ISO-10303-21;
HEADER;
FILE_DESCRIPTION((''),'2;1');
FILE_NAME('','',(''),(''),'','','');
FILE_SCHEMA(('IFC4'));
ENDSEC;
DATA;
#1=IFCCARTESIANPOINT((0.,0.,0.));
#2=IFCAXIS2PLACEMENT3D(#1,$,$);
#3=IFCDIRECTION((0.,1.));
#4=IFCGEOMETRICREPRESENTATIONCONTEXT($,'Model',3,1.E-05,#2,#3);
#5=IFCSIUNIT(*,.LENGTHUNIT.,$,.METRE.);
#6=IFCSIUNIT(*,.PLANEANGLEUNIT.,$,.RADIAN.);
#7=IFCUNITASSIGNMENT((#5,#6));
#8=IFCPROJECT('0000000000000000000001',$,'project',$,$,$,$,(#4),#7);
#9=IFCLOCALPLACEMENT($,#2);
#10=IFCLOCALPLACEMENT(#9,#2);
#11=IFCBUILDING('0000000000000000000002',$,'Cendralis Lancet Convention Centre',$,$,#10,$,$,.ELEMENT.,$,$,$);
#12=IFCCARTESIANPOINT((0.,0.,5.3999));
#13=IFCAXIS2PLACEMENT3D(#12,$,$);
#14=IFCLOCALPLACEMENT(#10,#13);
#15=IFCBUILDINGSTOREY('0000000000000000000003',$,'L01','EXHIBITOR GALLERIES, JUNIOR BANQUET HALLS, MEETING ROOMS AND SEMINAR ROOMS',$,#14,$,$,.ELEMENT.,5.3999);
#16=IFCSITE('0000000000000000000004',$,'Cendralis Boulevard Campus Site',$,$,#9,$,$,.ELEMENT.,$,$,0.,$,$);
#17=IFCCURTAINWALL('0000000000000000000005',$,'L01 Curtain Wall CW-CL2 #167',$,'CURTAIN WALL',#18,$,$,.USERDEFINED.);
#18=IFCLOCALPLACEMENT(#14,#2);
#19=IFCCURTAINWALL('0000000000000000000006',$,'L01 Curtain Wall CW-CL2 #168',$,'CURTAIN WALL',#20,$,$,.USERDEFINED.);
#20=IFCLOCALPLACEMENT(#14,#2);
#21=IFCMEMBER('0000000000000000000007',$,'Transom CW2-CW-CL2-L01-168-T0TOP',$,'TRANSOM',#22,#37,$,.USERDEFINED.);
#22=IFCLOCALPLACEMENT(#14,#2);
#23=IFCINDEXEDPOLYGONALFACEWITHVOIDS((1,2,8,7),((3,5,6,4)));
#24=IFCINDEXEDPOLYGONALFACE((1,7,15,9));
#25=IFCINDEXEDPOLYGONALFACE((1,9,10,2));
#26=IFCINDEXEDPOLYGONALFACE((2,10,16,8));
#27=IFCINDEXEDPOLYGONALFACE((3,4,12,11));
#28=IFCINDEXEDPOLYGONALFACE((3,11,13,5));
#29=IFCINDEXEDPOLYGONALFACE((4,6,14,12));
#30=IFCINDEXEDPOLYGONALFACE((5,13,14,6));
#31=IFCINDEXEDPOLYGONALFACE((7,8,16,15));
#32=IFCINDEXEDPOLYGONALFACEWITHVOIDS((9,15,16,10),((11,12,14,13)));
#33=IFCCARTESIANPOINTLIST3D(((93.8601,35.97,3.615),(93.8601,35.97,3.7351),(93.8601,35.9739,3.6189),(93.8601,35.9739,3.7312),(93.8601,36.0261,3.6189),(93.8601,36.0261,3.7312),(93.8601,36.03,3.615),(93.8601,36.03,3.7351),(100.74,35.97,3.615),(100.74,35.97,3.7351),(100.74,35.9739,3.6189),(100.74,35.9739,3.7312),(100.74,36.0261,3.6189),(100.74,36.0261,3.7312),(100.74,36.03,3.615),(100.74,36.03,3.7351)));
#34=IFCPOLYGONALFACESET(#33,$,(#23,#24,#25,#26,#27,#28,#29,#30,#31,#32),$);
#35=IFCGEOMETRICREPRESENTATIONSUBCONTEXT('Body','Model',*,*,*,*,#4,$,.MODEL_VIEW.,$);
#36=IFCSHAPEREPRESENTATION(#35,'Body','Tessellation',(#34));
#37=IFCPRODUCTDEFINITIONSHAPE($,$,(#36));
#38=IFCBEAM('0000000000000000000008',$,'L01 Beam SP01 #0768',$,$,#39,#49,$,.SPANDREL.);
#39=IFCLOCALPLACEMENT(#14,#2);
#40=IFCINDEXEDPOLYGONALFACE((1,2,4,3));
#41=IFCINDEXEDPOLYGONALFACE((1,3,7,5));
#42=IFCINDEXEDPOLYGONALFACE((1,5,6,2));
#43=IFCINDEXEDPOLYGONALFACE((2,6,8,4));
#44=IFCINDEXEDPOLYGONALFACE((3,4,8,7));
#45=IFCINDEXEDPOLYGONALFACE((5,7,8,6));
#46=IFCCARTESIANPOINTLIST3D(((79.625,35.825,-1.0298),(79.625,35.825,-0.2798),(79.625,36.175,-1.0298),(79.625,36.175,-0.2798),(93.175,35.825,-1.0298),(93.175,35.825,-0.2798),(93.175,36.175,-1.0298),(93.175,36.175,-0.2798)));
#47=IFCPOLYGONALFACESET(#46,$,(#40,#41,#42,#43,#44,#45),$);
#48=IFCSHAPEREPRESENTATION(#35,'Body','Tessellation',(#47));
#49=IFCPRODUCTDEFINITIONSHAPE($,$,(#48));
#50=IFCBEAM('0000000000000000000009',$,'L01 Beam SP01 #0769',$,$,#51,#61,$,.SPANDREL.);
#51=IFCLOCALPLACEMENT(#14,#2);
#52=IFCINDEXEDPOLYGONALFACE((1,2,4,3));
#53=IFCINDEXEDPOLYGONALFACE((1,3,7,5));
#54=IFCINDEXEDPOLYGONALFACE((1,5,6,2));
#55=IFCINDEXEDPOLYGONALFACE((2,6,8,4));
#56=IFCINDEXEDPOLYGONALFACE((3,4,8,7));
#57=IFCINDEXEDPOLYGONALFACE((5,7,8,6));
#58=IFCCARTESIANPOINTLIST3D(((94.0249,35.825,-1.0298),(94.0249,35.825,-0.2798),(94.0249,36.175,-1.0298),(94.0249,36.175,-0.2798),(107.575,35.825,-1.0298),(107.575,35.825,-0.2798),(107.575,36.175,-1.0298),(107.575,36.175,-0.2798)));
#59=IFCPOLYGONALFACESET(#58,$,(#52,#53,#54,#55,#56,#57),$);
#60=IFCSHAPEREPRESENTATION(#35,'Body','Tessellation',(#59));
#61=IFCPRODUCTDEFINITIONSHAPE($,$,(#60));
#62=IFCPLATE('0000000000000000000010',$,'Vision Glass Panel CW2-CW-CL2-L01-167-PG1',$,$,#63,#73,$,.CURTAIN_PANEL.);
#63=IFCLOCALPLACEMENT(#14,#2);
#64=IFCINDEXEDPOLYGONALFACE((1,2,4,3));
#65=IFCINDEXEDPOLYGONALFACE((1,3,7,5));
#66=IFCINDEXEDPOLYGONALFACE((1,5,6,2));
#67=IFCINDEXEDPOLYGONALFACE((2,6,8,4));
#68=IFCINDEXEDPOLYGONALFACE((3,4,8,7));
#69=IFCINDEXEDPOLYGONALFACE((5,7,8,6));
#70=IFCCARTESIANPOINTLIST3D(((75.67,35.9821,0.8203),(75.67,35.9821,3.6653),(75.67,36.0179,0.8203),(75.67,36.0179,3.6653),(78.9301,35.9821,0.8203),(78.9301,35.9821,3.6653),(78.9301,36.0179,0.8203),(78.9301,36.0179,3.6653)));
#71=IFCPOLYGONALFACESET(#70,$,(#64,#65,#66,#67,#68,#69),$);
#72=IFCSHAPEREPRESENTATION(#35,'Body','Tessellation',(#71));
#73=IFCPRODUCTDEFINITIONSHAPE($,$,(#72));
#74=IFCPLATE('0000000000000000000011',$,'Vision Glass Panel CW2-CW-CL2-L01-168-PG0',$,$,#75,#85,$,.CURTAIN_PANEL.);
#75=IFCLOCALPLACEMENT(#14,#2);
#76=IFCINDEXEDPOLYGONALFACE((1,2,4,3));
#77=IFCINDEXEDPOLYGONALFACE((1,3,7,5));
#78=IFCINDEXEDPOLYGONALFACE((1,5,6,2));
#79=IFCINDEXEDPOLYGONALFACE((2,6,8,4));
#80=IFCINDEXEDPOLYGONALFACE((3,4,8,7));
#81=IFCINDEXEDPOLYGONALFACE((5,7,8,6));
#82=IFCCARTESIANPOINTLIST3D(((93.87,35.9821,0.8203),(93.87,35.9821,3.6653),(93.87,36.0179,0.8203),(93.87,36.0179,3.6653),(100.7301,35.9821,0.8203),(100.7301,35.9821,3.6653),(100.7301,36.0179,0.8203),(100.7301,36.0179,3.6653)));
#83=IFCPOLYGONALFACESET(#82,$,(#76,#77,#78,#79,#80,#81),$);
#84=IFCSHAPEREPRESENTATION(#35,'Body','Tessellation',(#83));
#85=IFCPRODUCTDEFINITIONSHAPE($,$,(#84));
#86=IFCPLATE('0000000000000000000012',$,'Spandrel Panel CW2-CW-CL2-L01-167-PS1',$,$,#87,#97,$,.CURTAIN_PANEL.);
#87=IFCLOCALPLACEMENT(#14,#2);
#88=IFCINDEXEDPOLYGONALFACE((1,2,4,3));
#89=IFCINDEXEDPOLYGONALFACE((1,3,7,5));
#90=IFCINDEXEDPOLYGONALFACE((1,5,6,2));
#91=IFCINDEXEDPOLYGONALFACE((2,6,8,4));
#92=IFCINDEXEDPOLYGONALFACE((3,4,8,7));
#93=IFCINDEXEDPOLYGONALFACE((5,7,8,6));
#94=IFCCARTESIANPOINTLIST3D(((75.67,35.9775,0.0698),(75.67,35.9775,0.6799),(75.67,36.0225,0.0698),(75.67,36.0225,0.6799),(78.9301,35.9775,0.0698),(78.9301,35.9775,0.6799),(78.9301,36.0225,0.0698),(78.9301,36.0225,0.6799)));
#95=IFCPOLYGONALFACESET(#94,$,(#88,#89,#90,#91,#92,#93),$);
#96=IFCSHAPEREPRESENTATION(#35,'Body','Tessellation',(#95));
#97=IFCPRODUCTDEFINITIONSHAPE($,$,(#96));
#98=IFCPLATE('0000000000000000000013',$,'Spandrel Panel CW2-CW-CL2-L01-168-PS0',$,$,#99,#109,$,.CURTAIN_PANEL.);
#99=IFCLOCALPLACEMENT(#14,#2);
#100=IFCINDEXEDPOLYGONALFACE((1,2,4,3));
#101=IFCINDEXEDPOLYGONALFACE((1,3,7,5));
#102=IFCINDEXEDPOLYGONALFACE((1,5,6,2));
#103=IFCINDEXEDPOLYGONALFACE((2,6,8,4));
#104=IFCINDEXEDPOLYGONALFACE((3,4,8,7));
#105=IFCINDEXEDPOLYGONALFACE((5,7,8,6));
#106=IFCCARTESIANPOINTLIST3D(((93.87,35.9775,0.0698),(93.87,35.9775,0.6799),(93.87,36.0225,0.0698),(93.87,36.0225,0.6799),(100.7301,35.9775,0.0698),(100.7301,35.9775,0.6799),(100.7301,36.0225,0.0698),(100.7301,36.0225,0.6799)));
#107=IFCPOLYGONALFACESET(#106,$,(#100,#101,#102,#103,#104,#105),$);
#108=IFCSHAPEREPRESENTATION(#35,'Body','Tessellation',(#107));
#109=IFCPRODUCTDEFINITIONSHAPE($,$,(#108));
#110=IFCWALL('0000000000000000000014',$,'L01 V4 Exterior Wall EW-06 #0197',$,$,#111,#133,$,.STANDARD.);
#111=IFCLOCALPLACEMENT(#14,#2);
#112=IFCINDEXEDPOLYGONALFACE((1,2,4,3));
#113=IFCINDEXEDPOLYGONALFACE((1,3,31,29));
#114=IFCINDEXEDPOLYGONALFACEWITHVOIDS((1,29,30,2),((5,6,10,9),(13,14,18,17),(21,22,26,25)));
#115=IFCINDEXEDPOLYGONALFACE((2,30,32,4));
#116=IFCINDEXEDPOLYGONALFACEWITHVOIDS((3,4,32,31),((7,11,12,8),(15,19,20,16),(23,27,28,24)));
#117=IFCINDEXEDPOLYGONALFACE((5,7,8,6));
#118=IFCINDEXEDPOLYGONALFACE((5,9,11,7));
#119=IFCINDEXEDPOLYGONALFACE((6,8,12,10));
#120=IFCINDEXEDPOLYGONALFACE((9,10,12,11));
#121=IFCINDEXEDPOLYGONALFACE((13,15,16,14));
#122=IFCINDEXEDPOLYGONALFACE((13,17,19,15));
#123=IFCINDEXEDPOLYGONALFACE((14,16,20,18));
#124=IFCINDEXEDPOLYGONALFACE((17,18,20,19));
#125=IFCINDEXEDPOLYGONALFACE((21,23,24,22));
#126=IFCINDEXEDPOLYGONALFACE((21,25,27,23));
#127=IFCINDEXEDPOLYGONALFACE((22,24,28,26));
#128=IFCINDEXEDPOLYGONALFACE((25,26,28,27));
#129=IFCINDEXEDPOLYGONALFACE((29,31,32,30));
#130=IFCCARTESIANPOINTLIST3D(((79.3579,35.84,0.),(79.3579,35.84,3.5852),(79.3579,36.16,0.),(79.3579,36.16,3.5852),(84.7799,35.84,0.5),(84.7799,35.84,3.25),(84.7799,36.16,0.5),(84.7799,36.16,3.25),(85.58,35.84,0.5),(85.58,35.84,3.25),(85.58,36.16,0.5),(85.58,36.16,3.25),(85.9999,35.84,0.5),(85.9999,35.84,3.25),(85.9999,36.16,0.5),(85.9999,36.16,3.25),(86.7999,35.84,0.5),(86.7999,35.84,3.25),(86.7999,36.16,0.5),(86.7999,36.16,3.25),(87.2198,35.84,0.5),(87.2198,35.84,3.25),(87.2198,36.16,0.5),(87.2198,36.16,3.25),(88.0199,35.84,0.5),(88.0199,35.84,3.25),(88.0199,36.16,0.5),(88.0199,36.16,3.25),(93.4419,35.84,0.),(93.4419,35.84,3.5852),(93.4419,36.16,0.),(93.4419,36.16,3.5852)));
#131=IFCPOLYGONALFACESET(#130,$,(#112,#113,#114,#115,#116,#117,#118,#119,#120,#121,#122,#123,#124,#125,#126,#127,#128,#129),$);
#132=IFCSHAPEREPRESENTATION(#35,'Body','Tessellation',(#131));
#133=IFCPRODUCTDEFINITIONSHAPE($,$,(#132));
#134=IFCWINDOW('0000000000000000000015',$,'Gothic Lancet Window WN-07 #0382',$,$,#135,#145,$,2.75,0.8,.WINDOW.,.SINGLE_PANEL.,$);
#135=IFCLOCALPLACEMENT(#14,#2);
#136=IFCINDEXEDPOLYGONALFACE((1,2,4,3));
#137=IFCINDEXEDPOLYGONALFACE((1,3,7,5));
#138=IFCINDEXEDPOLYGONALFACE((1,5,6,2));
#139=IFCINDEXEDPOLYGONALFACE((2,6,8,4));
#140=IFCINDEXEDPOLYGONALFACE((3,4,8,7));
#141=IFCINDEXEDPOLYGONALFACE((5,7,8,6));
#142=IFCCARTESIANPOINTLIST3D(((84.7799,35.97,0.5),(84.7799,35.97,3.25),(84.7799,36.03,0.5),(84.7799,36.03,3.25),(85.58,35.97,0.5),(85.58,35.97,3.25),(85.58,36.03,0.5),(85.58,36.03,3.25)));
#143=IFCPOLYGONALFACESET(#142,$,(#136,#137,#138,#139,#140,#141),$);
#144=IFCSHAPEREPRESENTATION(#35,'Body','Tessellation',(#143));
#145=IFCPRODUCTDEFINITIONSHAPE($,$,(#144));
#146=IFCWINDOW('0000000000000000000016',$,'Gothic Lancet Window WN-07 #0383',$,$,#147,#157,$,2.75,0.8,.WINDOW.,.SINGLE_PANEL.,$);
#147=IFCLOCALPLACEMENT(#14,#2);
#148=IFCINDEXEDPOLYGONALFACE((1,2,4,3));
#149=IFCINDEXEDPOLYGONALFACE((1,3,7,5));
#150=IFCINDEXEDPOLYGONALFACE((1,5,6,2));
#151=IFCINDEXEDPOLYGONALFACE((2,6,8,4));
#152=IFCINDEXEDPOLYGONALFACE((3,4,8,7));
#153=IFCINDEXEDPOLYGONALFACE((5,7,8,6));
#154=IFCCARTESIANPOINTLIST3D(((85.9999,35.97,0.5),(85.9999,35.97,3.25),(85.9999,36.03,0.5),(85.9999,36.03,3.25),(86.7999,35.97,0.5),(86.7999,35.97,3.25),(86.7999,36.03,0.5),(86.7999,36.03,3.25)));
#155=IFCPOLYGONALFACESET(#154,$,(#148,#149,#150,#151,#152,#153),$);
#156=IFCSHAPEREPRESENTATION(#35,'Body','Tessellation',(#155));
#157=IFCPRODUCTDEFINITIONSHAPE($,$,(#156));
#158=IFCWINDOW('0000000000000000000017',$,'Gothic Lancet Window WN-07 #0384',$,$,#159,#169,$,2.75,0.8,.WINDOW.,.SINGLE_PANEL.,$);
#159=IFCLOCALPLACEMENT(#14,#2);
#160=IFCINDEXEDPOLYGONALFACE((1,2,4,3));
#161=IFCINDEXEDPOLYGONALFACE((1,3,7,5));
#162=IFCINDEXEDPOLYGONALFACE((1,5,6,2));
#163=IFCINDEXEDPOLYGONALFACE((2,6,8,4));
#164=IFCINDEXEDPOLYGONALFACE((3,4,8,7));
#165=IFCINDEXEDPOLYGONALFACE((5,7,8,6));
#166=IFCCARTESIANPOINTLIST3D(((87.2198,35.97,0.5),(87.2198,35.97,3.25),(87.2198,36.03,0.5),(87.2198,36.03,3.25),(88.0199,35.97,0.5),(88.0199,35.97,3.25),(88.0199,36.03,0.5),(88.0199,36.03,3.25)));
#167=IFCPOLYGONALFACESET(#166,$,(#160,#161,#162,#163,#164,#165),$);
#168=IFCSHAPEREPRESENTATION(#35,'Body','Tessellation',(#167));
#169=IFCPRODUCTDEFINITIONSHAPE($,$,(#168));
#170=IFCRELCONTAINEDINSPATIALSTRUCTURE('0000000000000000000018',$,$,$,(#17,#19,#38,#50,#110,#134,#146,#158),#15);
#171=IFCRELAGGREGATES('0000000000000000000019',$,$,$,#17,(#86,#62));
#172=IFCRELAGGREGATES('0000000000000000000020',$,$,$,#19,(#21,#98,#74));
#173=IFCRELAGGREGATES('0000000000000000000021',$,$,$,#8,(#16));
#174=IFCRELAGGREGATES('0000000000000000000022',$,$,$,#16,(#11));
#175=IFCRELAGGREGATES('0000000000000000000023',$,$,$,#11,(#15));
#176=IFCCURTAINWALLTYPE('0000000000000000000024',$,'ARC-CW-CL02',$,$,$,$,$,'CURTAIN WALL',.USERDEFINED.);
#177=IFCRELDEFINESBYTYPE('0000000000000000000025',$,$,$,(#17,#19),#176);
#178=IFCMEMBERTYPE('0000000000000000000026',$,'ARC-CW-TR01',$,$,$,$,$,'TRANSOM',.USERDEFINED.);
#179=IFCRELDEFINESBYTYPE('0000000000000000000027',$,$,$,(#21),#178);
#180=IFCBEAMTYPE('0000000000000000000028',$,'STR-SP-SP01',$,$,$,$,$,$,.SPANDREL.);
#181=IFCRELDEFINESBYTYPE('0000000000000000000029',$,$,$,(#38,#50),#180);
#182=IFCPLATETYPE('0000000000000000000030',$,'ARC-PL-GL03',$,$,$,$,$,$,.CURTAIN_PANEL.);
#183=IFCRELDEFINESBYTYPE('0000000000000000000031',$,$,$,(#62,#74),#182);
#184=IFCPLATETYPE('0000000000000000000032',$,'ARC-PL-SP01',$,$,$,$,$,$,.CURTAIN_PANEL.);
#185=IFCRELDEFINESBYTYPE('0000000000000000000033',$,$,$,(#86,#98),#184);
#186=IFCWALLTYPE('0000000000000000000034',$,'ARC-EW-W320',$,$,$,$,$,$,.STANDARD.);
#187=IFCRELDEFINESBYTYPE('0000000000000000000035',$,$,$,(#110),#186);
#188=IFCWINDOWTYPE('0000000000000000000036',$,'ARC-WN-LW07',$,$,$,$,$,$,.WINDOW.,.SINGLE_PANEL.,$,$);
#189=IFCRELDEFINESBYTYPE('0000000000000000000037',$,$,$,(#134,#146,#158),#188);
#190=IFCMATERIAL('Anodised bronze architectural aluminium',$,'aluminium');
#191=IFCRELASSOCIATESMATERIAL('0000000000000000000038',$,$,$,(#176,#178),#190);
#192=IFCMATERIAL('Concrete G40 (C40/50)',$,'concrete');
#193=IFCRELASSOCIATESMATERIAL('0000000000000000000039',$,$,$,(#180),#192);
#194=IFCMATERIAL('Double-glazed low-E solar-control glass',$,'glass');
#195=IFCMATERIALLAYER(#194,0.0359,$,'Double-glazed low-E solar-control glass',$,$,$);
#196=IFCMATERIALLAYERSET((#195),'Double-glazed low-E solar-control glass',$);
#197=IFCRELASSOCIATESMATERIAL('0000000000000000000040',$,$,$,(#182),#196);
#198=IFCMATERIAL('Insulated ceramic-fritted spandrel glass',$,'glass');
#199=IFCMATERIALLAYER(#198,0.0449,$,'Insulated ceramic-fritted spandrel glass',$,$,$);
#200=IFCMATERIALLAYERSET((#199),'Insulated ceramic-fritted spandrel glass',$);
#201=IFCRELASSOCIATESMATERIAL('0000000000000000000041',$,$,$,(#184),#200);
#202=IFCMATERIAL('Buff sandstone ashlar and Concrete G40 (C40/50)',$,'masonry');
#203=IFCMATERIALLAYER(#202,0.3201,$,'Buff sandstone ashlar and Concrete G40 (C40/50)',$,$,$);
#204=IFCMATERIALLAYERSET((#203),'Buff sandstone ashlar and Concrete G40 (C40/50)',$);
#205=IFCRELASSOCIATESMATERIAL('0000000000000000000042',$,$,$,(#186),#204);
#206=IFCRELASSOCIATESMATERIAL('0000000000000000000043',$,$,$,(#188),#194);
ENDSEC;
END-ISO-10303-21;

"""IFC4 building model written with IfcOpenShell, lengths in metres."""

from ifc_helpers import new_model, si_unit, direction, frame, frame_2d, origin, origin_2d, place, context, subcontext, project, spatial, rectangle, hollow_rectangle, extrude, material, layer, layer_set, material_profile, profile_set, type_object, element, fill, aggregate, save


model = new_model("IFC4")

# Units and contexts
model_context = context("Model", 3, precision=1e-05, world=origin(), true_north=direction((0.0, 1.0)))
body_context = subcontext(model_context, "Body", "Model", "MODEL_VIEW")
ifc_project = project(units=[si_unit("LENGTHUNIT", "METRE"), si_unit("PLANEANGLEUNIT", "RADIAN")], contexts=[model_context])

# Site, building, storey
site_placement = place(None, origin())
site = spatial("IfcSite", under=ifc_project, at=site_placement, Name="Cendralis Boulevard Campus Site", CompositionType="ELEMENT", RefElevation=0.0)
building_placement = place(site_placement, origin())
building = spatial("IfcBuilding", under=site, at=building_placement, Name="Cendralis Lancet Convention Centre", CompositionType="ELEMENT")
storey_placement = place(building_placement, frame((0.0, 0.0, 5.3999)))
storey = spatial("IfcBuildingStorey", under=building, at=storey_placement, Name="L01", Description="EXHIBITOR GALLERIES, JUNIOR BANQUET HALLS, MEETING ROOMS AND SEMINAR ROOMS", CompositionType="ELEMENT", Elevation=5.3999)

# Shared definitions
ifc_material_1 = material(Name="Concrete G40 (C40/50)", Category="concrete")

# Curtain wall
ifc_material_2 = material(Name="Anodised bronze architectural aluminium", Category="aluminium")
curtain_wall_type = type_object("IfcCurtainWallType", Name="ARC-CW-CL02", ElementType="CURTAIN WALL", PredefinedType="USERDEFINED", material=ifc_material_2)
curtain_wall_1_placement = place(storey_placement, origin())
curtain_wall_1 = element("IfcCurtainWall", 1, at=curtain_wall_1_placement, inside=storey, type_object=curtain_wall_type, Name="L01 Curtain Wall CW-CL2 #167", ObjectType="CURTAIN WALL", PredefinedType="USERDEFINED")

# Curtain wall, member
curtain_wall_2_placement = place(storey_placement, origin())
curtain_wall_2 = element("IfcCurtainWall", 2, at=curtain_wall_2_placement, inside=storey, type_object=curtain_wall_type, Name="L01 Curtain Wall CW-CL2 #168", ObjectType="CURTAIN WALL", PredefinedType="USERDEFINED")
ifc_material_profile_1 = material_profile(ifc_material_2, hollow_rectangle(XDim=0.0601, YDim=0.1201, WallThickness=0.0039, at=origin_2d()), Name="AL-TRAN 60x120x4.0")
ifc_profile_set_1 = profile_set([ifc_material_profile_1], Name="Anodised bronze architectural aluminium")
member_type_1 = type_object("IfcMemberType", Name="ARC-CW-TR01", ElementType="TRANSOM", PredefinedType="USERDEFINED", material=ifc_profile_set_1)
member_1_placement = place(storey_placement, frame((93.8601, 36.0, 3.675), z_axis=(1.0, 0.0, 0.0), x_axis=(0.0, 1.0, 0.0)))
member_1 = element("IfcMember", 3, at=member_1_placement, type_object=member_type_1, Name="Transom CW2-CW-CL2-L01-168-T0TOP", ObjectType="TRANSOM", PredefinedType="USERDEFINED", context=body_context, shape_type="SweptSolid", body=[
    extrude(hollow_rectangle(XDim=0.0601, YDim=0.1201, WallThickness=0.0039, at=origin_2d()), origin(), (0.0, 0.0, 1.0), 6.8799),
])

# Beams
ifc_material_profile_2 = material_profile(ifc_material_1, rectangle(XDim=0.3501, YDim=0.75, at=origin_2d()), Name="RCB 350x750")
ifc_profile_set_2 = profile_set([ifc_material_profile_2], Name="Concrete G40 (C40/50)")
beam_type = type_object("IfcBeamType", Name="STR-SP-SP01", PredefinedType="SPANDREL", material=ifc_profile_set_2)
for number, where, z_axis, x_axis, name in (
    (4, (79.625, 36.0, -0.6548), (1.0, 0.0, 0.0), (0.0, 1.0, 0.0), "L01 Beam SP01 #0768"),
    (5, (94.0249, 36.0, -0.6548), (1.0, 0.0, 0.0), (0.0, 1.0, 0.0), "L01 Beam SP01 #0769"),
):
    element("IfcBeam", number, at=place(storey_placement, frame(where, z_axis=z_axis, x_axis=x_axis)), inside=storey, type_object=beam_type, Name=name, PredefinedType="SPANDREL", context=body_context, shape_type="SweptSolid", body=[
        extrude(rectangle(XDim=0.3501, YDim=0.75, at=origin_2d()), origin(), (0.0, 0.0, 1.0), 13.55),
    ])

# Plates
ifc_material_3 = material(Name="Double-glazed low-E solar-control glass", Category="glass")
ifc_layer_1 = layer(ifc_material_3, 0.0359, Name="Double-glazed low-E solar-control glass")
ifc_layer_set_1 = layer_set([ifc_layer_1], Name="Double-glazed low-E solar-control glass")
plate_type_1 = type_object("IfcPlateType", Name="ARC-PL-GL03", PredefinedType="CURTAIN_PANEL", material=ifc_layer_set_1)
plate_1_placement = place(storey_placement, frame((77.3, 36.0, 0.8203), z_axis=(0.0, 0.0, 1.0), x_axis=(1.0, 0.0, 0.0)))
plate_1 = element("IfcPlate", 6, at=plate_1_placement, type_object=plate_type_1, Name="Vision Glass Panel CW2-CW-CL2-L01-167-PG1", PredefinedType="CURTAIN_PANEL", context=body_context, shape_type="SweptSolid", body=[
    extrude(rectangle(XDim=3.26, YDim=0.0359, at=origin_2d()), origin(), (0.0, 0.0, 1.0), 2.845),
])
plate_2_placement = place(storey_placement, frame((97.3, 36.0, 0.8203), z_axis=(0.0, 0.0, 1.0), x_axis=(1.0, 0.0, 0.0)))
plate_2 = element("IfcPlate", 7, at=plate_2_placement, type_object=plate_type_1, Name="Vision Glass Panel CW2-CW-CL2-L01-168-PG0", PredefinedType="CURTAIN_PANEL", context=body_context, shape_type="SweptSolid", body=[
    extrude(rectangle(XDim=6.8601, YDim=0.0359, at=origin_2d()), origin(), (0.0, 0.0, 1.0), 2.845),
])
ifc_material_4 = material(Name="Insulated ceramic-fritted spandrel glass", Category="glass")
ifc_layer_2 = layer(ifc_material_4, 0.0449, Name="Insulated ceramic-fritted spandrel glass")
ifc_layer_set_2 = layer_set([ifc_layer_2], Name="Insulated ceramic-fritted spandrel glass")
plate_type_2 = type_object("IfcPlateType", Name="ARC-PL-SP01", PredefinedType="CURTAIN_PANEL", material=ifc_layer_set_2)
plate_3_placement = place(storey_placement, frame((77.3, 36.0, 0.0698), z_axis=(0.0, 0.0, 1.0), x_axis=(1.0, 0.0, 0.0)))
plate_3 = element("IfcPlate", 8, at=plate_3_placement, type_object=plate_type_2, Name="Spandrel Panel CW2-CW-CL2-L01-167-PS1", PredefinedType="CURTAIN_PANEL", context=body_context, shape_type="SweptSolid", body=[
    extrude(rectangle(XDim=3.26, YDim=0.0449, at=origin_2d()), origin(), (0.0, 0.0, 1.0), 0.6101),
])
aggregate(curtain_wall_1, [plate_3, plate_1])
plate_4_placement = place(storey_placement, frame((97.3, 36.0, 0.0698), z_axis=(0.0, 0.0, 1.0), x_axis=(1.0, 0.0, 0.0)))
plate_4 = element("IfcPlate", 9, at=plate_4_placement, type_object=plate_type_2, Name="Spandrel Panel CW2-CW-CL2-L01-168-PS0", PredefinedType="CURTAIN_PANEL", context=body_context, shape_type="SweptSolid", body=[
    extrude(rectangle(XDim=6.8601, YDim=0.0449, at=origin_2d()), origin(), (0.0, 0.0, 1.0), 0.6101),
])
aggregate(curtain_wall_2, [member_1, plate_4, plate_2])

# Wall, openings, windows
ifc_material_5 = material(Name="Buff sandstone ashlar and Concrete G40 (C40/50)", Category="masonry")
ifc_layer_3 = layer(ifc_material_5, 0.3201, Name="Buff sandstone ashlar and Concrete G40 (C40/50)")
ifc_layer_set_3 = layer_set([ifc_layer_3], Name="Buff sandstone ashlar and Concrete G40 (C40/50)")
wall_type = type_object("IfcWallType", Name="ARC-EW-W320", PredefinedType="STANDARD", material=ifc_layer_set_3)
wall_placement = place(storey_placement, frame((79.3579, 36.0, 0.0), z_axis=(0.0, 0.0, 1.0), x_axis=(1.0, 0.0, 0.0)))
wall = element("IfcWall", 10, at=wall_placement, inside=storey, type_object=wall_type, Name="L01 V4 Exterior Wall EW-06 #0197", PredefinedType="STANDARD", context=body_context, shape_type="SweptSolid", body=[
    extrude(rectangle(XDim=14.084, YDim=0.3201, at=frame_2d((7.042, 0.0))), origin(), (0.0, 0.0, 1.0), 3.5852),
])
opening_1_placement = place(wall_placement, frame((5.4221, 0.0, 0.5)))
opening_1 = element("IfcOpeningElement", 11, at=opening_1_placement, cuts=wall, PredefinedType="OPENING", context=body_context, shape_type="SweptSolid", body=[
    extrude(rectangle(XDim=0.8, YDim=2.75, at=frame_2d((0.3999, 1.375))), frame((0.0, 0.1699, 0.0), z_axis=(0.0, -1.0, 0.0), x_axis=(1.0, 0.0, 0.0)), (0.0, 0.0, 1.0), 0.3401),
])
opening_2_placement = place(wall_placement, frame((6.6421, 0.0, 0.5)))
opening_2 = element("IfcOpeningElement", 12, at=opening_2_placement, cuts=wall, PredefinedType="OPENING", context=body_context, shape_type="SweptSolid", body=[
    extrude(rectangle(XDim=0.8, YDim=2.75, at=frame_2d((0.3999, 1.375))), frame((0.0, 0.1699, 0.0), z_axis=(0.0, -1.0, 0.0), x_axis=(1.0, 0.0, 0.0)), (0.0, 0.0, 1.0), 0.3401),
])
opening_3_placement = place(wall_placement, frame((7.8621, 0.0, 0.5)))
opening_3 = element("IfcOpeningElement", 13, at=opening_3_placement, cuts=wall, PredefinedType="OPENING", context=body_context, shape_type="SweptSolid", body=[
    extrude(rectangle(XDim=0.8, YDim=2.75, at=frame_2d((0.3999, 1.375))), frame((0.0, 0.1699, 0.0), z_axis=(0.0, -1.0, 0.0), x_axis=(1.0, 0.0, 0.0)), (0.0, 0.0, 1.0), 0.3401),
])
window_type = type_object("IfcWindowType", Name="ARC-WN-LW07", PartitioningType="SINGLE_PANEL", PredefinedType="WINDOW", material=ifc_material_3)
window_1_placement = place(opening_1_placement, origin())
window_1 = element("IfcWindow", 14, at=window_1_placement, inside=storey, type_object=window_type, Name="Gothic Lancet Window WN-07 #0382", OverallHeight=2.75, OverallWidth=0.8, PartitioningType="SINGLE_PANEL", PredefinedType="WINDOW", context=body_context, shape_type="SweptSolid", body=[
    extrude(rectangle(XDim=0.8, YDim=2.75, at=frame_2d((0.3999, 1.375))), frame((0.0, 0.03, 0.0), z_axis=(0.0, -1.0, 0.0), x_axis=(1.0, 0.0, 0.0)), (0.0, 0.0, 1.0), 0.0601),
])
fill(opening_1, window_1)
window_2_placement = place(opening_2_placement, origin())
window_2 = element("IfcWindow", 15, at=window_2_placement, inside=storey, type_object=window_type, Name="Gothic Lancet Window WN-07 #0383", OverallHeight=2.75, OverallWidth=0.8, PartitioningType="SINGLE_PANEL", PredefinedType="WINDOW", context=body_context, shape_type="SweptSolid", body=[
    extrude(rectangle(XDim=0.8, YDim=2.75, at=frame_2d((0.3999, 1.375))), frame((0.0, 0.03, 0.0), z_axis=(0.0, -1.0, 0.0), x_axis=(1.0, 0.0, 0.0)), (0.0, 0.0, 1.0), 0.0601),
])
fill(opening_2, window_2)
window_3_placement = place(opening_3_placement, origin())
window_3 = element("IfcWindow", 16, at=window_3_placement, inside=storey, type_object=window_type, Name="Gothic Lancet Window WN-07 #0384", OverallHeight=2.75, OverallWidth=0.8, PartitioningType="SINGLE_PANEL", PredefinedType="WINDOW", context=body_context, shape_type="SweptSolid", body=[
    extrude(rectangle(XDim=0.8, YDim=2.75, at=frame_2d((0.3999, 1.375))), frame((0.0, 0.03, 0.0), z_axis=(0.0, -1.0, 0.0), x_axis=(1.0, 0.0, 0.0)), (0.0, 0.0, 1.0), 0.0601),
])
fill(opening_3, window_3)

save(model, "model.ifc")
